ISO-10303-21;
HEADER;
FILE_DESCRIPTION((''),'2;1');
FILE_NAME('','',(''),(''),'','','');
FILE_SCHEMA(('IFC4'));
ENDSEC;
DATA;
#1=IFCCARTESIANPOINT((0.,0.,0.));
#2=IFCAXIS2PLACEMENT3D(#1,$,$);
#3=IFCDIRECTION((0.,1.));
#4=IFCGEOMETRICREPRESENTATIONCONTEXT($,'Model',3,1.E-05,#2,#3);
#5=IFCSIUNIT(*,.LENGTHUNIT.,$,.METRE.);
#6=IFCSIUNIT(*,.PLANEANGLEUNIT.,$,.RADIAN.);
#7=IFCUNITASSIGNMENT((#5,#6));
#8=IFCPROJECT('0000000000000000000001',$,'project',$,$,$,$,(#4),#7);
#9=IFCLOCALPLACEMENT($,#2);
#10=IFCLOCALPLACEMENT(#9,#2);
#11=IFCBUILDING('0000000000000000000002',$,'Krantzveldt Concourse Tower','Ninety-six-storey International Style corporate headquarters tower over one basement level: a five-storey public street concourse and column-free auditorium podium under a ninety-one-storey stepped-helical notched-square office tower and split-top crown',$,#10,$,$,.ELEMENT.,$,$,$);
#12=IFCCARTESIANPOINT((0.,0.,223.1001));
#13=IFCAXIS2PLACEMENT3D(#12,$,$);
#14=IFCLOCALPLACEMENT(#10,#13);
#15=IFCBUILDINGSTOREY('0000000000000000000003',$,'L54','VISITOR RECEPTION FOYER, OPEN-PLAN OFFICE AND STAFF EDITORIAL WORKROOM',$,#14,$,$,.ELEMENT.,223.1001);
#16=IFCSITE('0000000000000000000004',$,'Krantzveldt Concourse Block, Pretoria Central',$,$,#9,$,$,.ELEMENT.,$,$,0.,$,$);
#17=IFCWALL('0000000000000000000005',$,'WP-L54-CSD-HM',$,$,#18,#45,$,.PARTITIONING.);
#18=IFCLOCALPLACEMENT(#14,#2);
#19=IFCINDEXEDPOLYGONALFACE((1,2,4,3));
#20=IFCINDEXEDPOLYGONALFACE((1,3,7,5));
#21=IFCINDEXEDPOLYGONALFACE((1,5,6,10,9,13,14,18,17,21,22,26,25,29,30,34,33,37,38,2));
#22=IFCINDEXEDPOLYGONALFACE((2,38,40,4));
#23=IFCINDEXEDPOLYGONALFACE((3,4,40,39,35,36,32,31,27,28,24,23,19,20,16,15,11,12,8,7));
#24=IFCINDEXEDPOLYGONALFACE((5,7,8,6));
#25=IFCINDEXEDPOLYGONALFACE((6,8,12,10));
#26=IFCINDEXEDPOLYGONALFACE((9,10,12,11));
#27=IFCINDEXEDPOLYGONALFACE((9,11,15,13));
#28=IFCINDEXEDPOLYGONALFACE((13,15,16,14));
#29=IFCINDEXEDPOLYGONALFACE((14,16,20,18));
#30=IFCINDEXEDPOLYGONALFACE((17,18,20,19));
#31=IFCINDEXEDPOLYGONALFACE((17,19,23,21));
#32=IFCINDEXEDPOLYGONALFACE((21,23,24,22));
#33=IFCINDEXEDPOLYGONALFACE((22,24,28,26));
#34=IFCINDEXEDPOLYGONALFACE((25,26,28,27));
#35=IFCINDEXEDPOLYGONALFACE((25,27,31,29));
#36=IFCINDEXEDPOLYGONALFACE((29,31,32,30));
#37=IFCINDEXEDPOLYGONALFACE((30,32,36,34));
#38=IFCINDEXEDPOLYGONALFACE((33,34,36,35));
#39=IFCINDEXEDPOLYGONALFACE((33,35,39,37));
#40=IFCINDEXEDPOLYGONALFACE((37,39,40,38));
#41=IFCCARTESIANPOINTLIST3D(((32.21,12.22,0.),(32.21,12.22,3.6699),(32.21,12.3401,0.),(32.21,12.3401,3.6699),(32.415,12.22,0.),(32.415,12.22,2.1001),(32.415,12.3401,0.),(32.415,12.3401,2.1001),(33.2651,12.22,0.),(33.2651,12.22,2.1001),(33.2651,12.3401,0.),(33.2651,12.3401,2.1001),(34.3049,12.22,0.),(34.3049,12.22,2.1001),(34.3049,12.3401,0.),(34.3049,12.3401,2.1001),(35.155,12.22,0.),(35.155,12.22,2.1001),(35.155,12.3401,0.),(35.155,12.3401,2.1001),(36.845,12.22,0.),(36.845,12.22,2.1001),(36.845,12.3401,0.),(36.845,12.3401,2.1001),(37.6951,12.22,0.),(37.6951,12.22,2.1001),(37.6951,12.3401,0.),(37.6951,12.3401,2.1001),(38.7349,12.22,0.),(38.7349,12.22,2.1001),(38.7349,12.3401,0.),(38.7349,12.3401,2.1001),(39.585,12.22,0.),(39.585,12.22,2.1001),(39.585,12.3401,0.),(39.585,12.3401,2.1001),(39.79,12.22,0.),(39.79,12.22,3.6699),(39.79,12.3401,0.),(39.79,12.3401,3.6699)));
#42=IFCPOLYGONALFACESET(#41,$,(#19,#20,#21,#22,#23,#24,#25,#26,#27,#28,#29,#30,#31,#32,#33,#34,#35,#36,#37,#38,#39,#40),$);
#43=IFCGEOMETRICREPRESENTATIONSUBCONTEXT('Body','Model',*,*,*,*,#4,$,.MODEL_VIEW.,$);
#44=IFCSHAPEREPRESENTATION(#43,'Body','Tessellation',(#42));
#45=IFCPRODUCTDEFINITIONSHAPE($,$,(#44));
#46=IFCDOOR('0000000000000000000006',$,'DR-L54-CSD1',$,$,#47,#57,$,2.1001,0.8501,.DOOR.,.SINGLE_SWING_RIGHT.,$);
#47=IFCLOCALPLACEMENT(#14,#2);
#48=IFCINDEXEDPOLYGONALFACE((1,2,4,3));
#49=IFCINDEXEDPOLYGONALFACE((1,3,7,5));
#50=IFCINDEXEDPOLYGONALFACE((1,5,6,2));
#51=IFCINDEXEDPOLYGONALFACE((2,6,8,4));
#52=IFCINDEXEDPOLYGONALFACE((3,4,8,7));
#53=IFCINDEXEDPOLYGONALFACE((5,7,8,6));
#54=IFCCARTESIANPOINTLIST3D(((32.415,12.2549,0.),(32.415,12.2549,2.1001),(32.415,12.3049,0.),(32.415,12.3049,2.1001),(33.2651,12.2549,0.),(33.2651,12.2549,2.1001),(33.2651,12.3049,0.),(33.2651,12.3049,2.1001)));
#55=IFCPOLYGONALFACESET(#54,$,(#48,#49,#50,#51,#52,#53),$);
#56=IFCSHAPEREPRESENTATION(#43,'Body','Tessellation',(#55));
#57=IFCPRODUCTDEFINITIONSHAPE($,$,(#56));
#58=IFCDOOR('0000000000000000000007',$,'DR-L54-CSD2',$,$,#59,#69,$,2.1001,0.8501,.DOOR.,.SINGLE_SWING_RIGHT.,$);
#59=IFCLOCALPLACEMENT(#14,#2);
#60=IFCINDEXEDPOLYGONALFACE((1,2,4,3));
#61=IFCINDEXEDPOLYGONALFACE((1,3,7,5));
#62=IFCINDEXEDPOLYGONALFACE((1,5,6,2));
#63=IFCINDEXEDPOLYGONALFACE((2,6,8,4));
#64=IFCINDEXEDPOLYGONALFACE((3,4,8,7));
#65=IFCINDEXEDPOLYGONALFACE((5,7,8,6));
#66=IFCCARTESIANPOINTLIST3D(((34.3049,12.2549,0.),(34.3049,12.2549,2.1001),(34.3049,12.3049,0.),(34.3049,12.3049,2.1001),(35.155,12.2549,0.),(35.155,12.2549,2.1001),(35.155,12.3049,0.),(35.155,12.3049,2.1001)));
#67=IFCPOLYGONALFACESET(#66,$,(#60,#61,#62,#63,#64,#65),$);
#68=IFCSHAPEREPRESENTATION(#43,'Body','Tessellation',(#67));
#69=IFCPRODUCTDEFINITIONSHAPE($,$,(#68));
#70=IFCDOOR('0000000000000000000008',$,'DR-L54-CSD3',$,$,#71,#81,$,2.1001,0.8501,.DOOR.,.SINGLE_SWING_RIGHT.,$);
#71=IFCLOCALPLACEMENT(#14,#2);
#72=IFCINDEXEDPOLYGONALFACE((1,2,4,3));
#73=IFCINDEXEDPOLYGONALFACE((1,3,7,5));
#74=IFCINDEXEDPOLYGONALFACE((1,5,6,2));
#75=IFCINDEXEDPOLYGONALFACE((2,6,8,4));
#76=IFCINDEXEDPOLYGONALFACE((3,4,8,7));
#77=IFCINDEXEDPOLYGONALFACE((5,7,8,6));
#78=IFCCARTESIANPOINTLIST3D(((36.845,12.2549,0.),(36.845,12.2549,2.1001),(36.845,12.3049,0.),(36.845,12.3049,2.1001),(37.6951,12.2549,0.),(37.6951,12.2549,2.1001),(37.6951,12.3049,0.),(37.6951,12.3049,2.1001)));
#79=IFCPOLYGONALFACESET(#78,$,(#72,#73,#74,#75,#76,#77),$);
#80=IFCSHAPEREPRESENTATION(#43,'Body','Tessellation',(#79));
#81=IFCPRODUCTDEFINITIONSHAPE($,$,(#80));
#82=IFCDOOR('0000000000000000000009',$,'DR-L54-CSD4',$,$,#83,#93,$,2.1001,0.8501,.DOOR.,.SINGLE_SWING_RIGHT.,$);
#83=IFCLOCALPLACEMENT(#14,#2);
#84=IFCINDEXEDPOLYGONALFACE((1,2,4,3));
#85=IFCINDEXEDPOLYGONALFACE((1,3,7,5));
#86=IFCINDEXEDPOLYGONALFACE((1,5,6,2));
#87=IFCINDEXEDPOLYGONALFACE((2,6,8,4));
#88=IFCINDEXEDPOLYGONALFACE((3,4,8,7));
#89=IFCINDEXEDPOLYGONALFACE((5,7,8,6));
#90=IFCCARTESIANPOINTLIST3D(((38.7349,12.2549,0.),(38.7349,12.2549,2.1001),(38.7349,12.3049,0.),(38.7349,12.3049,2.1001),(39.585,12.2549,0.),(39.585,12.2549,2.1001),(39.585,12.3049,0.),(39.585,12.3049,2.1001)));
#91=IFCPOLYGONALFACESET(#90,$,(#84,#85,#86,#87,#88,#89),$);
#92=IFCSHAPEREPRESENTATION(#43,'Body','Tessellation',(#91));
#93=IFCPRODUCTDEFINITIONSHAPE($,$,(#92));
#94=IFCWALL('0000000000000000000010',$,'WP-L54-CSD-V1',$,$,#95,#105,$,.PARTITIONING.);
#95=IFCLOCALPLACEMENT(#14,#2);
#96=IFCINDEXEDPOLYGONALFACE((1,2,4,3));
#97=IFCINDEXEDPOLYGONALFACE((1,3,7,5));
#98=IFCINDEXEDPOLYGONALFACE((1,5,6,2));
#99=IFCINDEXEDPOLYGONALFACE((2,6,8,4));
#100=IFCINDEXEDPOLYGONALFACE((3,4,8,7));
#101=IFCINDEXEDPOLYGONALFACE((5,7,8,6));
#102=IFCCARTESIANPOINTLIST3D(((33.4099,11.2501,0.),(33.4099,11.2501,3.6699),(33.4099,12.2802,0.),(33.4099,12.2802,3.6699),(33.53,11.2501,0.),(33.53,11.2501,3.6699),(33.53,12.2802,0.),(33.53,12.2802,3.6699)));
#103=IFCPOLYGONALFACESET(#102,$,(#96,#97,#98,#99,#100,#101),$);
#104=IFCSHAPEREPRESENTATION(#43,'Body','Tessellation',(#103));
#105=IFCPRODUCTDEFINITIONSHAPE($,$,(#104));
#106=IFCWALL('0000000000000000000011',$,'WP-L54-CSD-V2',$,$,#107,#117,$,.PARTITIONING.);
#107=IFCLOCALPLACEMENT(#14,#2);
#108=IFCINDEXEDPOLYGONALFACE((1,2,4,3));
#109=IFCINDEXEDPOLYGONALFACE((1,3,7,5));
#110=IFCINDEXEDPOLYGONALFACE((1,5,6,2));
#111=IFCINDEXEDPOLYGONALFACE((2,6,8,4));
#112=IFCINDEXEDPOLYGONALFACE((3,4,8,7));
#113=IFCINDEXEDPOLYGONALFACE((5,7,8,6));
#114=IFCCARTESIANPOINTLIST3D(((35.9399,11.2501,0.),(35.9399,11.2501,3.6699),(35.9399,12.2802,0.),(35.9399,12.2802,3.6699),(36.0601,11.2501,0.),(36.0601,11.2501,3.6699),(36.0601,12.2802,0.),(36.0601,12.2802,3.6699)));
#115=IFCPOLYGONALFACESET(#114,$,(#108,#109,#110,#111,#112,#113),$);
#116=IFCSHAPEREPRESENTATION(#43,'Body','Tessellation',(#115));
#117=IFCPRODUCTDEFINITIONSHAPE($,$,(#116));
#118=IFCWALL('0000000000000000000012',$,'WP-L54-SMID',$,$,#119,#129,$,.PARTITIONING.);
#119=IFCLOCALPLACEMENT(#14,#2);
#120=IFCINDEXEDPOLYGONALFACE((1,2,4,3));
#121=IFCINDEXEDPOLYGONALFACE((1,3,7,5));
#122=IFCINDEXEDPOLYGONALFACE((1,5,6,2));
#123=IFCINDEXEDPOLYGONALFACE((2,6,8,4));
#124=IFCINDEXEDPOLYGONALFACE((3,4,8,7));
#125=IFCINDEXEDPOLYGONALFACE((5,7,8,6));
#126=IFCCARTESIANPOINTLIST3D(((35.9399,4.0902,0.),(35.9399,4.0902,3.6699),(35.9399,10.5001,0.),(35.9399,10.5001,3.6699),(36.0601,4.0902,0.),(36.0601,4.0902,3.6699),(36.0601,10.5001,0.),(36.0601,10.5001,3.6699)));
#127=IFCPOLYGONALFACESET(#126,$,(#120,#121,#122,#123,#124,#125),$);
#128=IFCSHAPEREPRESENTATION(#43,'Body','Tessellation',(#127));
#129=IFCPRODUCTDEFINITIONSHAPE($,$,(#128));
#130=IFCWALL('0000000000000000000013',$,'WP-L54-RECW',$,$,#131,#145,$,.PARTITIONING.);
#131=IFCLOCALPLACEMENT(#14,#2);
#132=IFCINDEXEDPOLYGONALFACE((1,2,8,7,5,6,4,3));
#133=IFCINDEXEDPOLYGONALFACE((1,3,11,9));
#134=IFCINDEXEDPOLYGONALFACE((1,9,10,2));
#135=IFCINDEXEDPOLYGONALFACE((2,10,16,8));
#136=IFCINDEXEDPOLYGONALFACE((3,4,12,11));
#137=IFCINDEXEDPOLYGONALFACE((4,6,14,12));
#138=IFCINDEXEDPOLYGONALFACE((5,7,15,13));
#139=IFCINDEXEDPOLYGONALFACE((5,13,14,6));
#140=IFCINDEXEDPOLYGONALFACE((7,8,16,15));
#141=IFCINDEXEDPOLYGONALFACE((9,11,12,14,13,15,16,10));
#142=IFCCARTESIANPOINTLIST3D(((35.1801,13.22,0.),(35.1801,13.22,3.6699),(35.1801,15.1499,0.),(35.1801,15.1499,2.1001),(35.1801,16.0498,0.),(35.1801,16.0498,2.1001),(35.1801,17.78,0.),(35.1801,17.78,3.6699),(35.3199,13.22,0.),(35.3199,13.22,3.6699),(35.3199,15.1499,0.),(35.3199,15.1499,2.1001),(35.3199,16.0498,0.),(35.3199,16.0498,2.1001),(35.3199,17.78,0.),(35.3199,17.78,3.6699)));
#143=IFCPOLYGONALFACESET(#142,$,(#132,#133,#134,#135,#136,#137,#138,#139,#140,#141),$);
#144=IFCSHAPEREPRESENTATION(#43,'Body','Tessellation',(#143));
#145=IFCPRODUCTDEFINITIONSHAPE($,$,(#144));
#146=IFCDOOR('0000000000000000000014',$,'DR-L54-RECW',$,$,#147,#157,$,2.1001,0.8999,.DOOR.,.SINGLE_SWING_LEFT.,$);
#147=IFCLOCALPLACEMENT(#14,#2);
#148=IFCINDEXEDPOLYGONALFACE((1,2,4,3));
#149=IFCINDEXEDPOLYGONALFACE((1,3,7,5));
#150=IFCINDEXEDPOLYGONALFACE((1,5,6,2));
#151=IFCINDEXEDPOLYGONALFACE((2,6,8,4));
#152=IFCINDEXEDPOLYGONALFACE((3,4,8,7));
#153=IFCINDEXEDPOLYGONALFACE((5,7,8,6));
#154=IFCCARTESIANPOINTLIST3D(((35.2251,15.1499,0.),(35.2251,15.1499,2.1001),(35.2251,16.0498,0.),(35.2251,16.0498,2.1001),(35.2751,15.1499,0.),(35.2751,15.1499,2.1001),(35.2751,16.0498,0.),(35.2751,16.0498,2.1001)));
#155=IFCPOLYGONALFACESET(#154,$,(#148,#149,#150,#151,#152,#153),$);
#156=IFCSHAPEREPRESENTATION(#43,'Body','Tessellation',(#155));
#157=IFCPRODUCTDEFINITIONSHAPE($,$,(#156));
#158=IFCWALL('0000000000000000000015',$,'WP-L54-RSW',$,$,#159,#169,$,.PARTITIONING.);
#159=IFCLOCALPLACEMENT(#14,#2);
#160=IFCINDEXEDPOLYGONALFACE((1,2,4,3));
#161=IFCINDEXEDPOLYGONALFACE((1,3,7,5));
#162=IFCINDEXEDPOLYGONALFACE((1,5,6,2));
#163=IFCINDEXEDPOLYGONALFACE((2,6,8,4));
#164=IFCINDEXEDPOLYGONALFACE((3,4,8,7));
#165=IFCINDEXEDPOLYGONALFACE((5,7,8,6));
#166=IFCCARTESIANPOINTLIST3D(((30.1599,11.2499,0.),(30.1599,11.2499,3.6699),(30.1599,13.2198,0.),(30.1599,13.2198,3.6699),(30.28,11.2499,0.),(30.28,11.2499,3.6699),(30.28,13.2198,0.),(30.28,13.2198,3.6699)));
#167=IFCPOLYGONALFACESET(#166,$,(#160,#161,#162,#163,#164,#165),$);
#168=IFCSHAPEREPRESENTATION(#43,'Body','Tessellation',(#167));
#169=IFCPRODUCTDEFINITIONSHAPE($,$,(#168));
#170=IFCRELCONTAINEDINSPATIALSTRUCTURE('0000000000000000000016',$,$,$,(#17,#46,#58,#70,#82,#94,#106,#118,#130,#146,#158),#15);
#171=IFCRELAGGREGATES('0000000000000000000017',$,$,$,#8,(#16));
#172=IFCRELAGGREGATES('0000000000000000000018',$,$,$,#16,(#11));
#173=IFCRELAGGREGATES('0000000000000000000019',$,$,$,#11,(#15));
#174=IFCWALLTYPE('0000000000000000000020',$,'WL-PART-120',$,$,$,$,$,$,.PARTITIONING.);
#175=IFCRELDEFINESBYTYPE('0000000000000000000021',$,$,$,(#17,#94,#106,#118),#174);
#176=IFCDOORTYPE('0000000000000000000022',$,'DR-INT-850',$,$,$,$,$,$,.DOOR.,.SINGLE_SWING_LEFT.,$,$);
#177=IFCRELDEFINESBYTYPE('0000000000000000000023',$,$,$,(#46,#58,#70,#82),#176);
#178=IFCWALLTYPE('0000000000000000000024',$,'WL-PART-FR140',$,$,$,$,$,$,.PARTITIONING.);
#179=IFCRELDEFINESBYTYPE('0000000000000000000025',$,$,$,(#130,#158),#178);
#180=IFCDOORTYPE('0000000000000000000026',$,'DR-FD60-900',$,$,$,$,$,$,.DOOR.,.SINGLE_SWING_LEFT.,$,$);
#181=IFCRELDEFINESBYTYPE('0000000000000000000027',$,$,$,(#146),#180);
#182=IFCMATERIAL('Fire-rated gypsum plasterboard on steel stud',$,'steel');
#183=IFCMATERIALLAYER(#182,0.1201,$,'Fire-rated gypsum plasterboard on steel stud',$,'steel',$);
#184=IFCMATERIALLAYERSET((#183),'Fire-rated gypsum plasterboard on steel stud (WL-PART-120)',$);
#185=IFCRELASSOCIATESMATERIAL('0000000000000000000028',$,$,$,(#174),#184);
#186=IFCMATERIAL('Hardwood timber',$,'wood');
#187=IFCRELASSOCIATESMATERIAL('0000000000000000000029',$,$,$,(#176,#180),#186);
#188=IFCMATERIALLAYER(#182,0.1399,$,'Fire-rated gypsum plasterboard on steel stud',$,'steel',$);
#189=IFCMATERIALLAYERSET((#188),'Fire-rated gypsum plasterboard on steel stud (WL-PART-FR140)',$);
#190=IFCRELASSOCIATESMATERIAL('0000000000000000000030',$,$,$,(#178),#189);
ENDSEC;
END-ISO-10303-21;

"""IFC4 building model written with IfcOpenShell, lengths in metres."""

from ifc_helpers import new_model, si_unit, direction, frame, frame_2d, origin, place, context, subcontext, project, spatial, rectangle, extrude, material, layer, layer_set, type_object, element, fill, save


model = new_model("IFC4")

# Units and contexts
model_context = context("Model", 3, precision=1e-05, world=origin(), true_north=direction((0.0, 1.0)))
body_context = subcontext(model_context, "Body", "Model", "MODEL_VIEW")
ifc_project = project(units=[si_unit("LENGTHUNIT", "METRE"), si_unit("PLANEANGLEUNIT", "RADIAN")], contexts=[model_context])

# Site, building, storey
site_placement = place(None, origin())
site = spatial("IfcSite", under=ifc_project, at=site_placement, Name="Krantzveldt Concourse Block, Pretoria Central", CompositionType="ELEMENT", RefElevation=0.0)
building_placement = place(site_placement, origin())
building = spatial("IfcBuilding", under=site, at=building_placement, Name="Krantzveldt Concourse Tower", Description="Ninety-six-storey International Style corporate headquarters tower over one basement level: a five-storey public street concourse and column-free auditorium podium under a ninety-one-storey stepped-helical notched-square office tower and split-top crown", CompositionType="ELEMENT")
storey_placement = place(building_placement, frame((0.0, 0.0, 223.1001)))
storey = spatial("IfcBuildingStorey", under=building, at=storey_placement, Name="L54", Description="VISITOR RECEPTION FOYER, OPEN-PLAN OFFICE AND STAFF EDITORIAL WORKROOM", CompositionType="ELEMENT", Elevation=223.1001)

# Shared definitions
ifc_material_1 = material(Name="Fire-rated gypsum plasterboard on steel stud", Category="steel")
ifc_layer_1 = layer(ifc_material_1, 0.1201, Name="Fire-rated gypsum plasterboard on steel stud", Category="steel")
ifc_layer_set_1 = layer_set([ifc_layer_1], Name="Fire-rated gypsum plasterboard on steel stud (WL-PART-120)")
wall_type_1 = type_object("IfcWallType", Name="WL-PART-120", PredefinedType="PARTITIONING", material=ifc_layer_set_1)
ifc_material_2 = material(Name="Hardwood timber", Category="wood")
door_type_1 = type_object("IfcDoorType", Name="DR-INT-850", OperationType="SINGLE_SWING_LEFT", PredefinedType="DOOR", material=ifc_material_2)

# Wall, openings, doors
wall_1_placement = place(storey_placement, frame((32.21, 12.28, 0.0), z_axis=(0.0, 0.0, 1.0), x_axis=(1.0, 0.0, 0.0)))
wall_1 = element("IfcWall", 1, at=wall_1_placement, inside=storey, type_object=wall_type_1, Name="WP-L54-CSD-HM", PredefinedType="PARTITIONING", context=body_context, shape_type="SweptSolid", body=[
    extrude(rectangle(XDim=7.5801, YDim=0.1201, at=frame_2d((3.79, 0.0))), origin(), (0.0, 0.0, 1.0), 3.6699),
])
opening_1_placement = place(wall_1_placement, frame((0.2051, 0.0, 0.0)))
opening_1 = element("IfcOpeningElement", 2, at=opening_1_placement, cuts=wall_1, PredefinedType="OPENING", context=body_context, shape_type="SweptSolid", body=[
    extrude(rectangle(XDim=0.8501, YDim=2.1001, at=frame_2d((0.425, 1.05))), frame((0.0, 0.0701, 0.0), z_axis=(0.0, -1.0, 0.0), x_axis=(1.0, 0.0, 0.0)), (0.0, 0.0, 1.0), 0.1401),
])
opening_2_placement = place(wall_1_placement, frame((2.095, 0.0, 0.0)))
opening_2 = element("IfcOpeningElement", 3, at=opening_2_placement, cuts=wall_1, PredefinedType="OPENING", context=body_context, shape_type="SweptSolid", body=[
    extrude(rectangle(XDim=0.8501, YDim=2.1001, at=frame_2d((0.425, 1.05))), frame((0.0, 0.0701, 0.0), z_axis=(0.0, -1.0, 0.0), x_axis=(1.0, 0.0, 0.0)), (0.0, 0.0, 1.0), 0.1401),
])
opening_3_placement = place(wall_1_placement, frame((4.635, 0.0, 0.0)))
opening_3 = element("IfcOpeningElement", 4, at=opening_3_placement, cuts=wall_1, PredefinedType="OPENING", context=body_context, shape_type="SweptSolid", body=[
    extrude(rectangle(XDim=0.8501, YDim=2.1001, at=frame_2d((0.425, 1.05))), frame((0.0, 0.0701, 0.0), z_axis=(0.0, -1.0, 0.0), x_axis=(1.0, 0.0, 0.0)), (0.0, 0.0, 1.0), 0.1401),
])
opening_4_placement = place(wall_1_placement, frame((6.5249, 0.0, 0.0)))
opening_4 = element("IfcOpeningElement", 5, at=opening_4_placement, cuts=wall_1, PredefinedType="OPENING", context=body_context, shape_type="SweptSolid", body=[
    extrude(rectangle(XDim=0.8501, YDim=2.1001, at=frame_2d((0.425, 1.05))), frame((0.0, 0.0701, 0.0), z_axis=(0.0, -1.0, 0.0), x_axis=(1.0, 0.0, 0.0)), (0.0, 0.0, 1.0), 0.1401),
])
door_1_placement = place(opening_1_placement, origin())
door_1 = element("IfcDoor", 6, at=door_1_placement, inside=storey, type_object=door_type_1, Name="DR-L54-CSD1", OperationType="SINGLE_SWING_RIGHT", OverallHeight=2.1001, OverallWidth=0.8501, PredefinedType="DOOR", context=body_context, shape_type="SweptSolid", body=[
    extrude(rectangle(XDim=0.8501, YDim=2.1001, at=frame_2d((0.425, 1.05))), frame((0.0, 0.0249, 0.0), z_axis=(0.0, -1.0, 0.0), x_axis=(1.0, 0.0, 0.0)), (0.0, 0.0, 1.0), 0.05),
])
fill(opening_1, door_1)
door_2_placement = place(opening_2_placement, origin())
door_2 = element("IfcDoor", 7, at=door_2_placement, inside=storey, type_object=door_type_1, Name="DR-L54-CSD2", OperationType="SINGLE_SWING_RIGHT", OverallHeight=2.1001, OverallWidth=0.8501, PredefinedType="DOOR", context=body_context, shape_type="SweptSolid", body=[
    extrude(rectangle(XDim=0.8501, YDim=2.1001, at=frame_2d((0.425, 1.05))), frame((0.0, 0.0249, 0.0), z_axis=(0.0, -1.0, 0.0), x_axis=(1.0, 0.0, 0.0)), (0.0, 0.0, 1.0), 0.05),
])
fill(opening_2, door_2)
door_3_placement = place(opening_3_placement, origin())
door_3 = element("IfcDoor", 8, at=door_3_placement, inside=storey, type_object=door_type_1, Name="DR-L54-CSD3", OperationType="SINGLE_SWING_RIGHT", OverallHeight=2.1001, OverallWidth=0.8501, PredefinedType="DOOR", context=body_context, shape_type="SweptSolid", body=[
    extrude(rectangle(XDim=0.8501, YDim=2.1001, at=frame_2d((0.425, 1.05))), frame((0.0, 0.0249, 0.0), z_axis=(0.0, -1.0, 0.0), x_axis=(1.0, 0.0, 0.0)), (0.0, 0.0, 1.0), 0.05),
])
fill(opening_3, door_3)
door_4_placement = place(opening_4_placement, origin())
door_4 = element("IfcDoor", 9, at=door_4_placement, inside=storey, type_object=door_type_1, Name="DR-L54-CSD4", OperationType="SINGLE_SWING_RIGHT", OverallHeight=2.1001, OverallWidth=0.8501, PredefinedType="DOOR", context=body_context, shape_type="SweptSolid", body=[
    extrude(rectangle(XDim=0.8501, YDim=2.1001, at=frame_2d((0.425, 1.05))), frame((0.0, 0.0249, 0.0), z_axis=(0.0, -1.0, 0.0), x_axis=(1.0, 0.0, 0.0)), (0.0, 0.0, 1.0), 0.05),
])
fill(opening_4, door_4)

# Walls
for number, where, z_axis, x_axis, name in (
    (10, (33.47, 11.25, 0.0), (0.0, 0.0, 1.0), (0.0, 1.0, 0.0), "WP-L54-CSD-V1"),
    (11, (36.0, 11.25, 0.0), (0.0, 0.0, 1.0), (0.0, 1.0, 0.0), "WP-L54-CSD-V2"),
):
    element("IfcWall", number, at=place(storey_placement, frame(where, z_axis=z_axis, x_axis=x_axis)), inside=storey, type_object=wall_type_1, Name=name, PredefinedType="PARTITIONING", context=body_context, shape_type="SweptSolid", body=[
        extrude(rectangle(XDim=1.03, YDim=0.1201, at=frame_2d((0.5151, 0.0))), origin(), (0.0, 0.0, 1.0), 3.6699),
    ])
wall_2_placement = place(storey_placement, frame((36.0, 4.0901, 0.0), z_axis=(0.0, 0.0, 1.0), x_axis=(0.0, 1.0, 0.0)))
element("IfcWall", 12, at=wall_2_placement, inside=storey, type_object=wall_type_1, Name="WP-L54-SMID", PredefinedType="PARTITIONING", context=body_context, shape_type="SweptSolid", body=[
    extrude(rectangle(XDim=6.4099, YDim=0.1201, at=frame_2d((3.2051, 0.0))), origin(), (0.0, 0.0, 1.0), 3.6699),
])

# Wall, opening, door
ifc_layer_2 = layer(ifc_material_1, 0.1399, Name="Fire-rated gypsum plasterboard on steel stud", Category="steel")
ifc_layer_set_2 = layer_set([ifc_layer_2], Name="Fire-rated gypsum plasterboard on steel stud (WL-PART-FR140)")
wall_type_2 = type_object("IfcWallType", Name="WL-PART-FR140", PredefinedType="PARTITIONING", material=ifc_layer_set_2)
wall_3_placement = place(storey_placement, frame((35.25, 13.22, 0.0), z_axis=(0.0, 0.0, 1.0), x_axis=(0.0, 1.0, 0.0)))
wall_3 = element("IfcWall", 13, at=wall_3_placement, inside=storey, type_object=wall_type_2, Name="WP-L54-RECW", PredefinedType="PARTITIONING", context=body_context, shape_type="SweptSolid", body=[
    extrude(rectangle(XDim=4.5601, YDim=0.1399, at=frame_2d((2.28, 0.0))), origin(), (0.0, 0.0, 1.0), 3.6699),
])
opening_5_placement = place(wall_3_placement, frame((1.9299, 0.0, 0.0)))
opening_5 = element("IfcOpeningElement", 14, at=opening_5_placement, cuts=wall_3, PredefinedType="OPENING", context=body_context, shape_type="SweptSolid", body=[
    extrude(rectangle(XDim=0.8999, YDim=2.1001, at=frame_2d((0.45, 1.05))), frame((0.0, 0.0801, 0.0), z_axis=(0.0, -1.0, 0.0), x_axis=(1.0, 0.0, 0.0)), (0.0, 0.0, 1.0), 0.1599),
])
door_type_2 = type_object("IfcDoorType", Name="DR-FD60-900", OperationType="SINGLE_SWING_LEFT", PredefinedType="DOOR", material=ifc_material_2)
door_5_placement = place(opening_5_placement, origin())
door_5 = element("IfcDoor", 15, at=door_5_placement, inside=storey, type_object=door_type_2, Name="DR-L54-RECW", OperationType="SINGLE_SWING_LEFT", OverallHeight=2.1001, OverallWidth=0.8999, PredefinedType="DOOR", context=body_context, shape_type="SweptSolid", body=[
    extrude(rectangle(XDim=0.8999, YDim=2.1001, at=frame_2d((0.45, 1.05))), frame((0.0, 0.0249, 0.0), z_axis=(0.0, -1.0, 0.0), x_axis=(1.0, 0.0, 0.0)), (0.0, 0.0, 1.0), 0.05),
])
fill(opening_5, door_5)

# Wall
wall_4_placement = place(storey_placement, frame((30.22, 11.25, 0.0), z_axis=(0.0, 0.0, 1.0), x_axis=(0.0, 1.0, 0.0)))
element("IfcWall", 16, at=wall_4_placement, inside=storey, type_object=wall_type_2, Name="WP-L54-RSW", PredefinedType="PARTITIONING", context=body_context, shape_type="SweptSolid", body=[
    extrude(rectangle(XDim=1.97, YDim=0.1201, at=frame_2d((0.9849, 0.0))), origin(), (0.0, 0.0, 1.0), 3.6699),
])

save(model, "model.ifc")
